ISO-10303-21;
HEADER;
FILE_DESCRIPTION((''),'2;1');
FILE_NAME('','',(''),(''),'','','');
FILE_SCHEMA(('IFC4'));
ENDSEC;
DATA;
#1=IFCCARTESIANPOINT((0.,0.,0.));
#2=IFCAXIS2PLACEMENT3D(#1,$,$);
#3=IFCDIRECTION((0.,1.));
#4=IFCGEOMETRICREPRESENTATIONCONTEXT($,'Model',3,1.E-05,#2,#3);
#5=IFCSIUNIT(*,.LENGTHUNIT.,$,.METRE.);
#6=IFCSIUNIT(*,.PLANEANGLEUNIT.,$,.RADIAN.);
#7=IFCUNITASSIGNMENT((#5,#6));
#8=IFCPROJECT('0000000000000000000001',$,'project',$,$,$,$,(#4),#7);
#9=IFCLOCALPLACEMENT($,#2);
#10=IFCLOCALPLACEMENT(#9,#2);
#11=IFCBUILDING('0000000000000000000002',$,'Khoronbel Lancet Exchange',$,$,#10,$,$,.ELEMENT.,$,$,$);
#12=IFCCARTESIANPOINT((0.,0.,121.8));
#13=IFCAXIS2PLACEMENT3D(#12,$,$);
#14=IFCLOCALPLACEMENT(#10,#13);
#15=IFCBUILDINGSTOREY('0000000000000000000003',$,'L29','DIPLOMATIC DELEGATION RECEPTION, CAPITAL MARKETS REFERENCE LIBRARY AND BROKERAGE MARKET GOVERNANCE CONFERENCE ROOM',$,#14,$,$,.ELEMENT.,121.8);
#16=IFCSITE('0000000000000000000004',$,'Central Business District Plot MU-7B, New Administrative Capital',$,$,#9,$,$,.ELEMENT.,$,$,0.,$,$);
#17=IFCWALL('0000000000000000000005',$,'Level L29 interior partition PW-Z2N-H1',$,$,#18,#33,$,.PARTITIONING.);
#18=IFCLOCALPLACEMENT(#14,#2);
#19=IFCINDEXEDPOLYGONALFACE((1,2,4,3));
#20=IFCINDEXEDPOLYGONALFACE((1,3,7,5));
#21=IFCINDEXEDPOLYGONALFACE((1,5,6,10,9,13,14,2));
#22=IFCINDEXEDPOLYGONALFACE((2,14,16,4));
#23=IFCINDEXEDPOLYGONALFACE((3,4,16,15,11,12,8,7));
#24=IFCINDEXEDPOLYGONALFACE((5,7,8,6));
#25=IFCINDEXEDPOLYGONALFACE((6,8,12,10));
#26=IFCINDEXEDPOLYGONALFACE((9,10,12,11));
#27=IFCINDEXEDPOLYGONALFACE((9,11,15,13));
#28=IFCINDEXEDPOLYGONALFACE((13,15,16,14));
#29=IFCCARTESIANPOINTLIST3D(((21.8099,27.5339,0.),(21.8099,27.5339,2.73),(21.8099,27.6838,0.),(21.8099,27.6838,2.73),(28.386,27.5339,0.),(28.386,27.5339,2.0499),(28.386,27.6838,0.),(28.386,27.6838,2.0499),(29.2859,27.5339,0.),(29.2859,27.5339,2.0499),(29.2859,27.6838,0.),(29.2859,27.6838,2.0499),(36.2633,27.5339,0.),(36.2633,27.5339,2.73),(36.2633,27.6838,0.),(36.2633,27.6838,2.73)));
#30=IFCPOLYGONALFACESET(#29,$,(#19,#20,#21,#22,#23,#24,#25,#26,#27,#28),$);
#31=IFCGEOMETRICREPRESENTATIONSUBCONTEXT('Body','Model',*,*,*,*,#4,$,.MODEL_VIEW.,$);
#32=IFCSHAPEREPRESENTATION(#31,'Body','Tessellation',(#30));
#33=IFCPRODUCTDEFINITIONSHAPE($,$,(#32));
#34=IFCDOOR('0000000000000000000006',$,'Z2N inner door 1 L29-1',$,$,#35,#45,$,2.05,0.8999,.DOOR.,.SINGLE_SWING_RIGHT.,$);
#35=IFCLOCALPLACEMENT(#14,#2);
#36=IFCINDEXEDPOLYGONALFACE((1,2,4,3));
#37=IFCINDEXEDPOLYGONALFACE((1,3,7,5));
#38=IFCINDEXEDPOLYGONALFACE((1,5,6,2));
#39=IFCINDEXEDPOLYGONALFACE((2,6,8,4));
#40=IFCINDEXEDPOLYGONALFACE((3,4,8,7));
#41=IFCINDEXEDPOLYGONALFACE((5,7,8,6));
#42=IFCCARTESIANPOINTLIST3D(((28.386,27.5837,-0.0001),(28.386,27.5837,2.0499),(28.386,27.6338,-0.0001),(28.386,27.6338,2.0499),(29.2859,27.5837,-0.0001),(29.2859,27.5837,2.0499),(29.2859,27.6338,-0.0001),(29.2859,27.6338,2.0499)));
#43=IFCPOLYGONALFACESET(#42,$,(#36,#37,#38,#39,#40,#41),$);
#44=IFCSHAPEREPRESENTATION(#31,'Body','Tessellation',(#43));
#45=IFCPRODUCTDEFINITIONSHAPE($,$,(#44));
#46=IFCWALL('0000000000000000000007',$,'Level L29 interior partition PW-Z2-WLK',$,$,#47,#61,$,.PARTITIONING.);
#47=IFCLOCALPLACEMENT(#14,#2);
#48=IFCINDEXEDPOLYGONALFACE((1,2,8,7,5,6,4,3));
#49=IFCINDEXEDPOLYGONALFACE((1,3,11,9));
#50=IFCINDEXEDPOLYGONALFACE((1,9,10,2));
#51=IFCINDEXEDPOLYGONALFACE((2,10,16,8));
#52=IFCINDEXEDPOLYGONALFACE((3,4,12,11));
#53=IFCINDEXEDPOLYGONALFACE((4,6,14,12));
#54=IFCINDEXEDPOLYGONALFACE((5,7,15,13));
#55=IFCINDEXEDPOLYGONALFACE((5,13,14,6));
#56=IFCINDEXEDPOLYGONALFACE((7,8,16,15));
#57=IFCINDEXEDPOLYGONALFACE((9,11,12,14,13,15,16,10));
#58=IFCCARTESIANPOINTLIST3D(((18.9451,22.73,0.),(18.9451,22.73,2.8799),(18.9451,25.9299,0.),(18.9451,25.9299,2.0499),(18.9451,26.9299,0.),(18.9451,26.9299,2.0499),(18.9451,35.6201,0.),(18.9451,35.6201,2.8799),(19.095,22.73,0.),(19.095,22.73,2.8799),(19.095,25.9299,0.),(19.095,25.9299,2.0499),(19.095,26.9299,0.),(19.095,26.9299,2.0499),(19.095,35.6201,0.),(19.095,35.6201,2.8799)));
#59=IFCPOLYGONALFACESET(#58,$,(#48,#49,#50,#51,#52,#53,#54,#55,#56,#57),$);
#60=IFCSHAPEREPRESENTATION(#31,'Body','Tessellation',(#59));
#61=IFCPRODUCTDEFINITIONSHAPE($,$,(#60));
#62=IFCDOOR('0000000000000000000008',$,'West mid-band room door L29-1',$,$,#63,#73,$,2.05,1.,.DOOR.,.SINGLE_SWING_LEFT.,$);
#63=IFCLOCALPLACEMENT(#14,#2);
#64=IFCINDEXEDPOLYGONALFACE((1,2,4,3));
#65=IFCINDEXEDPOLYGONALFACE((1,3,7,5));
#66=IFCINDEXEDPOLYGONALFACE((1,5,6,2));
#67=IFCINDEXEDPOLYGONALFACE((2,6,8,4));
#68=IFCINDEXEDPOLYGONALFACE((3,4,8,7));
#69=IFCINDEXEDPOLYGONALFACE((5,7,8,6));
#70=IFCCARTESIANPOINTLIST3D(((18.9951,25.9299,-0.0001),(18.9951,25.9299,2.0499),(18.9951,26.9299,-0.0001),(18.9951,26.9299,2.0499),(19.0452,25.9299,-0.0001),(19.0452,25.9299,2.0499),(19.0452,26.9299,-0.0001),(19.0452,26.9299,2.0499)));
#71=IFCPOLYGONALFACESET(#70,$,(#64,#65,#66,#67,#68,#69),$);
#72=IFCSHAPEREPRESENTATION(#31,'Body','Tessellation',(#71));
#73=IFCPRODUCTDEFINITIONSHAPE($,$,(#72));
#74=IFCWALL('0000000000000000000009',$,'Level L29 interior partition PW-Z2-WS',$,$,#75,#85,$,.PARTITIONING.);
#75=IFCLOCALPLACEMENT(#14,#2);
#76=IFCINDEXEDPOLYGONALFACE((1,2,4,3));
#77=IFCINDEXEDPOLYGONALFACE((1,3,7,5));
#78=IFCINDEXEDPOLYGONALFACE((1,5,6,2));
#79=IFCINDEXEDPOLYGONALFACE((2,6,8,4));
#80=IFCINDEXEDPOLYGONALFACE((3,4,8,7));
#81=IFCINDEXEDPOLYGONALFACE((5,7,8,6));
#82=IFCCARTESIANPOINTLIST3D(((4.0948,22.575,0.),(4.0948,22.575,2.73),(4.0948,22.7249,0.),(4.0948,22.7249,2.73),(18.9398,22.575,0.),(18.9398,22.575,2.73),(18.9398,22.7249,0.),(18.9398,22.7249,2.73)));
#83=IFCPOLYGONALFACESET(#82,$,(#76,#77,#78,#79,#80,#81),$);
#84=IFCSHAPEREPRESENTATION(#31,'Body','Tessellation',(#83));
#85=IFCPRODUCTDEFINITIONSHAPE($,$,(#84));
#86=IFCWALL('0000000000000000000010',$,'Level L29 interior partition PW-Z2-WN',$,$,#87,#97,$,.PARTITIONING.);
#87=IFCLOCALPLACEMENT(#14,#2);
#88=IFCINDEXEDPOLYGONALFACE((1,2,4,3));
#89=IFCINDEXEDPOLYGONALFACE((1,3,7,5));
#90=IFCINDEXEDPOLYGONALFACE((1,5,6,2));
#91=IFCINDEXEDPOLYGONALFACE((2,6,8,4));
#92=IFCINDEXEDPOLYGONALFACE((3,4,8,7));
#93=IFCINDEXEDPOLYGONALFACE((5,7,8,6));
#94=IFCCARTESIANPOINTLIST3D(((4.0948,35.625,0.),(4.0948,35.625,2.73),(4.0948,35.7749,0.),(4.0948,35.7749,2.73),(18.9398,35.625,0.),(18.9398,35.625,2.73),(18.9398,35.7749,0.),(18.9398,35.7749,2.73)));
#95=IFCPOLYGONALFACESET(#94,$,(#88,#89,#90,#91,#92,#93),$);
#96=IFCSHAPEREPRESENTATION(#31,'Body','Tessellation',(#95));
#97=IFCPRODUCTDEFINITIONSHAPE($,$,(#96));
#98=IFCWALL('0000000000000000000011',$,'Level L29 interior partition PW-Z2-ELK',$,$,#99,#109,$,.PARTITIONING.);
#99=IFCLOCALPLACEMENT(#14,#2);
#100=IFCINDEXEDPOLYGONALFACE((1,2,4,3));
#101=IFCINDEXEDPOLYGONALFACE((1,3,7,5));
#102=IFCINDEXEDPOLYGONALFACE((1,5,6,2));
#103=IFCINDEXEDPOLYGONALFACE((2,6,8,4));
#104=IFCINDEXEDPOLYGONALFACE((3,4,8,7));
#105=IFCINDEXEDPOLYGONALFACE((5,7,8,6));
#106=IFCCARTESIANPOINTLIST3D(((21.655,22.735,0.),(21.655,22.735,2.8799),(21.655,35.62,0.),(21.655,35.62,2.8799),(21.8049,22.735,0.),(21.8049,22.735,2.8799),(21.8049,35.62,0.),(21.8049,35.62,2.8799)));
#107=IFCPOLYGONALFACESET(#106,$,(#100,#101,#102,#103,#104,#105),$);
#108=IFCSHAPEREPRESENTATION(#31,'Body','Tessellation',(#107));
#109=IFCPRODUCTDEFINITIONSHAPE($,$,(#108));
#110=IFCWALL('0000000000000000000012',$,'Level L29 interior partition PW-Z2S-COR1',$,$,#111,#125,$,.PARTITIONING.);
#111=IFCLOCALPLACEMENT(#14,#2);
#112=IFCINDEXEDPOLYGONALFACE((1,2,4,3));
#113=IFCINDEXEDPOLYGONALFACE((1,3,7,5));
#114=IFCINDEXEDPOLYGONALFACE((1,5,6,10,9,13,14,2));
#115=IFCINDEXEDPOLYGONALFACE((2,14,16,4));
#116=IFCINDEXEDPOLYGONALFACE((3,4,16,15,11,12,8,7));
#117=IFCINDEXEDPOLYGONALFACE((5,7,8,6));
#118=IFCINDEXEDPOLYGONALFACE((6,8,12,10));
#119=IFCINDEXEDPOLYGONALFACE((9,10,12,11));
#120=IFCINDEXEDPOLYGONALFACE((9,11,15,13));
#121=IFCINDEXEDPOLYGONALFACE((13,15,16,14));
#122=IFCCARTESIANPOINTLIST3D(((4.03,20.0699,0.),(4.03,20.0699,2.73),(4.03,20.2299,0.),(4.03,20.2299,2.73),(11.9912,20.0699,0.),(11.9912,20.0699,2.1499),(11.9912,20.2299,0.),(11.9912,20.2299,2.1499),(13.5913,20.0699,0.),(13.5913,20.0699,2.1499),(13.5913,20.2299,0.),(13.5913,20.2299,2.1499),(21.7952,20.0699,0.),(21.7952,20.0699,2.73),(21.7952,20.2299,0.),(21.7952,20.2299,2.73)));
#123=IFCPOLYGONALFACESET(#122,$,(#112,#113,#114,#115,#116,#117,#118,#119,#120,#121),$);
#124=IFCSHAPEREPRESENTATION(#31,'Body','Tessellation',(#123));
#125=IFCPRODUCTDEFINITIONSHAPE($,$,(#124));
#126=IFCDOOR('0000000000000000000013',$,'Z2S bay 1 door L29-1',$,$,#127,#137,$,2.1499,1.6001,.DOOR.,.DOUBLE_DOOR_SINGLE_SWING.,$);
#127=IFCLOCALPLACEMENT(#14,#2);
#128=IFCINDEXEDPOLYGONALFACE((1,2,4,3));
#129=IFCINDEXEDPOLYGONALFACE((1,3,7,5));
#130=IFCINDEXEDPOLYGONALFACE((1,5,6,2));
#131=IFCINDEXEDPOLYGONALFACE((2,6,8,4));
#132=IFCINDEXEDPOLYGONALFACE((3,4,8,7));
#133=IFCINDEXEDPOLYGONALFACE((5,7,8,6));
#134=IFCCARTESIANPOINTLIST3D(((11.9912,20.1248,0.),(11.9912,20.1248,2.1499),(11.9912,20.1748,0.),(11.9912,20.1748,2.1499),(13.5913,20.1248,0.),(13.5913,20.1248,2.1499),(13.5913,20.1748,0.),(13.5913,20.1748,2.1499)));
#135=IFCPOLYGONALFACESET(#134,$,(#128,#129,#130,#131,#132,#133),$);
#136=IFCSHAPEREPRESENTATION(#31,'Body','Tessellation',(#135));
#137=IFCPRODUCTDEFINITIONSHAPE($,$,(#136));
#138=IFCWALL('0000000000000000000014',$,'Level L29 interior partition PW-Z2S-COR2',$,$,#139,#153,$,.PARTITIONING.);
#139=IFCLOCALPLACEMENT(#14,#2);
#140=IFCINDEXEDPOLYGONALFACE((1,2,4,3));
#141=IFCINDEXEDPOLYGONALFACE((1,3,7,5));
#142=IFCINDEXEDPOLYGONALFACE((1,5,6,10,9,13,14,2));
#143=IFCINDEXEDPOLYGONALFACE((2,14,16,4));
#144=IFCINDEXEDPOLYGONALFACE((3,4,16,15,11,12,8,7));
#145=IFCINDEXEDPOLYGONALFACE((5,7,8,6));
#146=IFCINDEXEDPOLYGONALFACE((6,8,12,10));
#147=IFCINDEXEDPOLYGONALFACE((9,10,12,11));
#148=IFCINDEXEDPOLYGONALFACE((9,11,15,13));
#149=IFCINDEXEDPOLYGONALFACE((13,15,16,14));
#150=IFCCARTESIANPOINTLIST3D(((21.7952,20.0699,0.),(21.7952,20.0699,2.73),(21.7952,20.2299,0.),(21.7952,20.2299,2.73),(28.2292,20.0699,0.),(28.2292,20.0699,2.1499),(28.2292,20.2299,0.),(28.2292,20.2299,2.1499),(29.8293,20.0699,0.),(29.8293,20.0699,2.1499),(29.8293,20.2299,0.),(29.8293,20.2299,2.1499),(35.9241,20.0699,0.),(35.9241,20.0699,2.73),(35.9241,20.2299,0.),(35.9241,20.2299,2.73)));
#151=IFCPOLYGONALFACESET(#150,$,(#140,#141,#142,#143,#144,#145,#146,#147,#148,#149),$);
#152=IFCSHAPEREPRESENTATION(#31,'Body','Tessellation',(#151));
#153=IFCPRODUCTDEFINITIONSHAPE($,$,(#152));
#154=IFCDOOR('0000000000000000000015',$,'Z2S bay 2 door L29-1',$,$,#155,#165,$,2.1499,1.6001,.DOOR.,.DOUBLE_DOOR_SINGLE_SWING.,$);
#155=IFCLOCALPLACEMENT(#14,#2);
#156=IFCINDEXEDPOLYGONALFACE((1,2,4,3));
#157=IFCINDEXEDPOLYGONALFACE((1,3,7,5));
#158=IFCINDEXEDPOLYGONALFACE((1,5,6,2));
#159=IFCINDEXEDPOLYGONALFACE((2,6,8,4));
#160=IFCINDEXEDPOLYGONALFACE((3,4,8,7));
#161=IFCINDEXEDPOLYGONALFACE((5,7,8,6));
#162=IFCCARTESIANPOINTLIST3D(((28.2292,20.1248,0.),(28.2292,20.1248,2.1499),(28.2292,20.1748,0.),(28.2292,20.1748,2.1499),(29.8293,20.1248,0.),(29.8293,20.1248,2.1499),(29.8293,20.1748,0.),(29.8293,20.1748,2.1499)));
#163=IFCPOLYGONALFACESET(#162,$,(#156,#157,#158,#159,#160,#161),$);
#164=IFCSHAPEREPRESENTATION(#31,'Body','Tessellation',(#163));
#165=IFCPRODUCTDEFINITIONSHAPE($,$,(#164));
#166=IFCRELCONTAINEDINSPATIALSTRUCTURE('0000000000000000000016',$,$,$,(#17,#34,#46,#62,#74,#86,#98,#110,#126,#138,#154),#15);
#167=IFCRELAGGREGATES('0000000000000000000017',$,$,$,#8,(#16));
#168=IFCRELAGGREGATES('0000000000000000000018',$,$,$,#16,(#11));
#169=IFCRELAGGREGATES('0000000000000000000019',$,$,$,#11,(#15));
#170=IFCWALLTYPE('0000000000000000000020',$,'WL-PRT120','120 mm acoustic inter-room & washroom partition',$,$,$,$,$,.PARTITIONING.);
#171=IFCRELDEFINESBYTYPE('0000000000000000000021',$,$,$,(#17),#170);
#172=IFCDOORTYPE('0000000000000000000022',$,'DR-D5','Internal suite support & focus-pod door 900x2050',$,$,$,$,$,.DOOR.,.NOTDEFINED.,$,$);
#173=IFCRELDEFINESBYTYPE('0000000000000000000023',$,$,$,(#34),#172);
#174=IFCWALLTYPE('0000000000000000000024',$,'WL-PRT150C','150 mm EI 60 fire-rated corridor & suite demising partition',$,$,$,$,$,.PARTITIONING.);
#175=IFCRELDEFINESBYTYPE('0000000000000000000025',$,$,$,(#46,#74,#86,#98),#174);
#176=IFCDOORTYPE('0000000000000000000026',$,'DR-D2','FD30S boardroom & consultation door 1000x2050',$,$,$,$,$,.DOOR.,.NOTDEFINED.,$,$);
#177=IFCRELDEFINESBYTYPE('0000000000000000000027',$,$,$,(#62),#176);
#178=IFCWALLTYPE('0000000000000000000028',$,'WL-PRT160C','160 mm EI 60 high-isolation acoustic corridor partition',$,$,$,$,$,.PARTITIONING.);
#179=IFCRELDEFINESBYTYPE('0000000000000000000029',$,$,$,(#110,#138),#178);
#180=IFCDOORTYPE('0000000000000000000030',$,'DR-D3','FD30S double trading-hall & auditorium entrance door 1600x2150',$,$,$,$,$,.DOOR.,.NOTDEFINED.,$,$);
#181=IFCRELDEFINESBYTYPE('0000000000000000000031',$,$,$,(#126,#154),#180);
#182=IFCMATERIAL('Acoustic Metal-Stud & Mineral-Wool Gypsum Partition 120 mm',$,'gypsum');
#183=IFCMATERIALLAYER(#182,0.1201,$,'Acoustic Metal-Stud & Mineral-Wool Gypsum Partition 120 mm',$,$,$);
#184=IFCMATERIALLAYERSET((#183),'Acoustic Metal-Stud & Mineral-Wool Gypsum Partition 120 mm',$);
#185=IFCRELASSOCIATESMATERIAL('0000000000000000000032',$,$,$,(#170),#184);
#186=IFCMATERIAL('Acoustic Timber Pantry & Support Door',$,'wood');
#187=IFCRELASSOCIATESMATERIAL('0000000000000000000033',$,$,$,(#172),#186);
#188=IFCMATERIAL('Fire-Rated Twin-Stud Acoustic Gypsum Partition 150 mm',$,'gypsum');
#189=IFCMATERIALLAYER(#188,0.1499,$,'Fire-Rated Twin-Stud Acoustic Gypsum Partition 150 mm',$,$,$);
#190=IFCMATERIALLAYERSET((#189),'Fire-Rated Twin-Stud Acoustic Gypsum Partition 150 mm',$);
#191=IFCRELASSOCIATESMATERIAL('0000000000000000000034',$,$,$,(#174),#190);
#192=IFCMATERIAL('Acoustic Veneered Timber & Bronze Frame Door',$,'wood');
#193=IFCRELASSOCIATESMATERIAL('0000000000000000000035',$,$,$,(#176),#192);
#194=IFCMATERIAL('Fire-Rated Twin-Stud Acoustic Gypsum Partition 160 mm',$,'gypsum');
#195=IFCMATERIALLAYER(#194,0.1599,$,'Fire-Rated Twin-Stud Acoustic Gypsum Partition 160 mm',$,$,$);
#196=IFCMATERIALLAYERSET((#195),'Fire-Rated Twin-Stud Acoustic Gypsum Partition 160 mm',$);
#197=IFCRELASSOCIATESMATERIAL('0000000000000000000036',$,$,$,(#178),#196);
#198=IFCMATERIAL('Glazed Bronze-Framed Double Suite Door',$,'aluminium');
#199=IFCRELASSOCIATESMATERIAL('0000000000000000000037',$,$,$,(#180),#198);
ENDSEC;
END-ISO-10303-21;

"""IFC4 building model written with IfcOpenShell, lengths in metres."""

from ifc_helpers import new_model, si_unit, direction, frame, frame_2d, origin, place, context, subcontext, project, spatial, rectangle, extrude, material, layer, layer_set, type_object, element, fill, save


model = new_model("IFC4")

# Units and contexts
model_context = context("Model", 3, precision=1e-05, world=origin(), true_north=direction((0.0, 1.0)))
body_context = subcontext(model_context, "Body", "Model", "MODEL_VIEW")
ifc_project = project(units=[si_unit("LENGTHUNIT", "METRE"), si_unit("PLANEANGLEUNIT", "RADIAN")], contexts=[model_context])

# Site, building, storey
site_placement = place(None, origin())
site = spatial("IfcSite", under=ifc_project, at=site_placement, Name="Central Business District Plot MU-7B, New Administrative Capital", CompositionType="ELEMENT", RefElevation=0.0)
building_placement = place(site_placement, origin())
building = spatial("IfcBuilding", under=site, at=building_placement, Name="Khoronbel Lancet Exchange", CompositionType="ELEMENT")
storey_placement = place(building_placement, frame((0.0, 0.0, 121.8)))
storey = spatial("IfcBuildingStorey", under=building, at=storey_placement, Name="L29", Description="DIPLOMATIC DELEGATION RECEPTION, CAPITAL MARKETS REFERENCE LIBRARY AND BROKERAGE MARKET GOVERNANCE CONFERENCE ROOM", CompositionType="ELEMENT", Elevation=121.8)

# Walls, openings, doors
ifc_material_1 = material(Name="Acoustic Metal-Stud & Mineral-Wool Gypsum Partition 120 mm", Category="gypsum")
ifc_layer_1 = layer(ifc_material_1, 0.1201, Name="Acoustic Metal-Stud & Mineral-Wool Gypsum Partition 120 mm")
ifc_layer_set_1 = layer_set([ifc_layer_1], Name="Acoustic Metal-Stud & Mineral-Wool Gypsum Partition 120 mm")
wall_type_1 = type_object("IfcWallType", Name="WL-PRT120", Description="120 mm acoustic inter-room & washroom partition", PredefinedType="PARTITIONING", material=ifc_layer_set_1)
wall_1_placement = place(storey_placement, frame((21.8101, 27.6089, 0.0), z_axis=(0.0, 0.0, 1.0), x_axis=(1.0, 0.0, 0.0)))
wall_1 = element("IfcWall", 1, at=wall_1_placement, inside=storey, type_object=wall_type_1, Name="Level L29 interior partition PW-Z2N-H1", PredefinedType="PARTITIONING", context=body_context, shape_type="SweptSolid", body=[
    extrude(rectangle(XDim=14.4534, YDim=0.1499, at=frame_2d((7.2266, 0.0))), origin(), (0.0, 0.0, 1.0), 2.73),
])
opening_1_placement = place(wall_1_placement, frame((6.5759, 0.0, 0.0)))
opening_1 = element("IfcOpeningElement", 2, at=opening_1_placement, cuts=wall_1, PredefinedType="OPENING", context=body_context, shape_type="SweptSolid", body=[
    extrude(rectangle(XDim=0.8999, YDim=2.05, at=frame_2d((0.45, 1.0249))), frame((0.0, 0.085, 0.0), z_axis=(0.0, -1.0, 0.0), x_axis=(1.0, 0.0, 0.0)), (0.0, 0.0, 1.0), 0.1699),
])
ifc_material_2 = material(Name="Acoustic Timber Pantry & Support Door", Category="wood")
door_type_1 = type_object("IfcDoorType", Name="DR-D5", Description="Internal suite support & focus-pod door 900x2050", OperationType="NOTDEFINED", PredefinedType="DOOR", material=ifc_material_2)
door_1_placement = place(opening_1_placement, origin())
door_1 = element("IfcDoor", 3, at=door_1_placement, inside=storey, type_object=door_type_1, Name="Z2N inner door 1 L29-1", OperationType="SINGLE_SWING_RIGHT", OverallHeight=2.05, OverallWidth=0.8999, PredefinedType="DOOR", context=body_context, shape_type="SweptSolid", body=[
    extrude(rectangle(XDim=0.8999, YDim=2.05, at=frame_2d((0.45, 1.0249))), frame((0.0, 0.0249, 0.0), z_axis=(0.0, -1.0, 0.0), x_axis=(1.0, 0.0, 0.0)), (0.0, 0.0, 1.0), 0.05),
])
fill(opening_1, door_1)
ifc_material_3 = material(Name="Fire-Rated Twin-Stud Acoustic Gypsum Partition 150 mm", Category="gypsum")
ifc_layer_2 = layer(ifc_material_3, 0.1499, Name="Fire-Rated Twin-Stud Acoustic Gypsum Partition 150 mm")
ifc_layer_set_2 = layer_set([ifc_layer_2], Name="Fire-Rated Twin-Stud Acoustic Gypsum Partition 150 mm")
wall_type_2 = type_object("IfcWallType", Name="WL-PRT150C", Description="150 mm EI 60 fire-rated corridor & suite demising partition", PredefinedType="PARTITIONING", material=ifc_layer_set_2)
wall_2_placement = place(storey_placement, frame((19.02, 22.73, 0.0), z_axis=(0.0, 0.0, 1.0), x_axis=(0.0, 1.0, 0.0)))
wall_2 = element("IfcWall", 4, at=wall_2_placement, inside=storey, type_object=wall_type_2, Name="Level L29 interior partition PW-Z2-WLK", PredefinedType="PARTITIONING", context=body_context, shape_type="SweptSolid", body=[
    extrude(rectangle(XDim=12.8901, YDim=0.1499, at=frame_2d((6.4451, 0.0))), origin(), (0.0, 0.0, 1.0), 2.8799),
])
opening_2_placement = place(wall_2_placement, frame((3.2, 0.0, 0.0)))
opening_2 = element("IfcOpeningElement", 5, at=opening_2_placement, cuts=wall_2, PredefinedType="OPENING", context=body_context, shape_type="SweptSolid", body=[
    extrude(rectangle(XDim=1.0, YDim=2.05, at=frame_2d((0.5, 1.0249))), frame((0.0, 0.085, 0.0), z_axis=(0.0, -1.0, 0.0), x_axis=(1.0, 0.0, 0.0)), (0.0, 0.0, 1.0), 0.1699),
])
ifc_material_4 = material(Name="Acoustic Veneered Timber & Bronze Frame Door", Category="wood")
door_type_2 = type_object("IfcDoorType", Name="DR-D2", Description="FD30S boardroom & consultation door 1000x2050", OperationType="NOTDEFINED", PredefinedType="DOOR", material=ifc_material_4)
door_2_placement = place(opening_2_placement, origin())
door_2 = element("IfcDoor", 6, at=door_2_placement, inside=storey, type_object=door_type_2, Name="West mid-band room door L29-1", OperationType="SINGLE_SWING_LEFT", OverallHeight=2.05, OverallWidth=1.0, PredefinedType="DOOR", context=body_context, shape_type="SweptSolid", body=[
    extrude(rectangle(XDim=1.0, YDim=2.05, at=frame_2d((0.5, 1.0249))), frame((0.0, 0.0249, 0.0), z_axis=(0.0, -1.0, 0.0), x_axis=(1.0, 0.0, 0.0)), (0.0, 0.0, 1.0), 0.05),
])
fill(opening_2, door_2)

# Walls
for number, where, z_axis, x_axis, name in (
    (7, (4.095, 22.6499, 0.0), (0.0, 0.0, 1.0), (1.0, 0.0, 0.0), "Level L29 interior partition PW-Z2-WS"),
    (8, (4.095, 35.7, 0.0), (0.0, 0.0, 1.0), (1.0, 0.0, 0.0), "Level L29 interior partition PW-Z2-WN"),
):
    element("IfcWall", number, at=place(storey_placement, frame(where, z_axis=z_axis, x_axis=x_axis)), inside=storey, type_object=wall_type_2, Name=name, PredefinedType="PARTITIONING", context=body_context, shape_type="SweptSolid", body=[
        extrude(rectangle(XDim=14.845, YDim=0.1499, at=frame_2d((7.4224, 0.0))), origin(), (0.0, 0.0, 1.0), 2.73),
    ])
wall_3_placement = place(storey_placement, frame((21.73, 22.7351, 0.0), z_axis=(0.0, 0.0, 1.0), x_axis=(0.0, 1.0, 0.0)))
element("IfcWall", 9, at=wall_3_placement, inside=storey, type_object=wall_type_2, Name="Level L29 interior partition PW-Z2-ELK", PredefinedType="PARTITIONING", context=body_context, shape_type="SweptSolid", body=[
    extrude(rectangle(XDim=12.885, YDim=0.1499, at=frame_2d((6.4424, 0.0))), origin(), (0.0, 0.0, 1.0), 2.8799),
])

# Walls, openings, doors
ifc_material_5 = material(Name="Fire-Rated Twin-Stud Acoustic Gypsum Partition 160 mm", Category="gypsum")
ifc_layer_3 = layer(ifc_material_5, 0.1599, Name="Fire-Rated Twin-Stud Acoustic Gypsum Partition 160 mm")
ifc_layer_set_3 = layer_set([ifc_layer_3], Name="Fire-Rated Twin-Stud Acoustic Gypsum Partition 160 mm")
wall_type_3 = type_object("IfcWallType", Name="WL-PRT160C", Description="160 mm EI 60 high-isolation acoustic corridor partition", PredefinedType="PARTITIONING", material=ifc_layer_set_3)
wall_4_placement = place(storey_placement, frame((4.03, 20.1499, 0.0), z_axis=(0.0, 0.0, 1.0), x_axis=(1.0, 0.0, 0.0)))
wall_4 = element("IfcWall", 10, at=wall_4_placement, inside=storey, type_object=wall_type_3, Name="Level L29 interior partition PW-Z2S-COR1", PredefinedType="PARTITIONING", context=body_context, shape_type="SweptSolid", body=[
    extrude(rectangle(XDim=17.7651, YDim=0.1599, at=frame_2d((8.8826, 0.0))), origin(), (0.0, 0.0, 1.0), 2.73),
])
opening_3_placement = place(wall_4_placement, frame((7.9612, 0.0, 0.0)))
opening_3 = element("IfcOpeningElement", 11, at=opening_3_placement, cuts=wall_4, PredefinedType="OPENING", context=body_context, shape_type="SweptSolid", body=[
    extrude(rectangle(XDim=1.6001, YDim=2.1499, at=frame_2d((0.8, 1.075))), frame((0.0, 0.0898, 0.0), z_axis=(0.0, -1.0, 0.0), x_axis=(1.0, 0.0, 0.0)), (0.0, 0.0, 1.0), 0.1799),
])
ifc_material_6 = material(Name="Glazed Bronze-Framed Double Suite Door", Category="aluminium")
door_type_3 = type_object("IfcDoorType", Name="DR-D3", Description="FD30S double trading-hall & auditorium entrance door 1600x2150", OperationType="NOTDEFINED", PredefinedType="DOOR", material=ifc_material_6)
door_3_placement = place(opening_3_placement, origin())
door_3 = element("IfcDoor", 12, at=door_3_placement, inside=storey, type_object=door_type_3, Name="Z2S bay 1 door L29-1", OperationType="DOUBLE_DOOR_SINGLE_SWING", OverallHeight=2.1499, OverallWidth=1.6001, PredefinedType="DOOR", context=body_context, shape_type="SweptSolid", body=[
    extrude(rectangle(XDim=1.6001, YDim=2.1499, at=frame_2d((0.8, 1.075))), frame((0.0, 0.0249, 0.0), z_axis=(0.0, -1.0, 0.0), x_axis=(1.0, 0.0, 0.0)), (0.0, 0.0, 1.0), 0.05),
])
fill(opening_3, door_3)
wall_5_placement = place(storey_placement, frame((21.7952, 20.1499, 0.0), z_axis=(0.0, 0.0, 1.0), x_axis=(1.0, 0.0, 0.0)))
wall_5 = element("IfcWall", 13, at=wall_5_placement, inside=storey, type_object=wall_type_3, Name="Level L29 interior partition PW-Z2S-COR2", PredefinedType="PARTITIONING", context=body_context, shape_type="SweptSolid", body=[
    extrude(rectangle(XDim=14.1289, YDim=0.1599, at=frame_2d((7.0645, 0.0))), origin(), (0.0, 0.0, 1.0), 2.73),
])
opening_4_placement = place(wall_5_placement, frame((6.4341, 0.0, 0.0)))
opening_4 = element("IfcOpeningElement", 14, at=opening_4_placement, cuts=wall_5, PredefinedType="OPENING", context=body_context, shape_type="SweptSolid", body=[
    extrude(rectangle(XDim=1.6001, YDim=2.1499, at=frame_2d((0.8, 1.075))), frame((0.0, 0.0898, 0.0), z_axis=(0.0, -1.0, 0.0), x_axis=(1.0, 0.0, 0.0)), (0.0, 0.0, 1.0), 0.1799),
])
door_4_placement = place(opening_4_placement, origin())
door_4 = element("IfcDoor", 15, at=door_4_placement, inside=storey, type_object=door_type_3, Name="Z2S bay 2 door L29-1", OperationType="DOUBLE_DOOR_SINGLE_SWING", OverallHeight=2.1499, OverallWidth=1.6001, PredefinedType="DOOR", context=body_context, shape_type="SweptSolid", body=[
    extrude(rectangle(XDim=1.6001, YDim=2.1499, at=frame_2d((0.8, 1.075))), frame((0.0, 0.0249, 0.0), z_axis=(0.0, -1.0, 0.0), x_axis=(1.0, 0.0, 0.0)), (0.0, 0.0, 1.0), 0.05),
])
fill(opening_4, door_4)

save(model, "model.ifc")
